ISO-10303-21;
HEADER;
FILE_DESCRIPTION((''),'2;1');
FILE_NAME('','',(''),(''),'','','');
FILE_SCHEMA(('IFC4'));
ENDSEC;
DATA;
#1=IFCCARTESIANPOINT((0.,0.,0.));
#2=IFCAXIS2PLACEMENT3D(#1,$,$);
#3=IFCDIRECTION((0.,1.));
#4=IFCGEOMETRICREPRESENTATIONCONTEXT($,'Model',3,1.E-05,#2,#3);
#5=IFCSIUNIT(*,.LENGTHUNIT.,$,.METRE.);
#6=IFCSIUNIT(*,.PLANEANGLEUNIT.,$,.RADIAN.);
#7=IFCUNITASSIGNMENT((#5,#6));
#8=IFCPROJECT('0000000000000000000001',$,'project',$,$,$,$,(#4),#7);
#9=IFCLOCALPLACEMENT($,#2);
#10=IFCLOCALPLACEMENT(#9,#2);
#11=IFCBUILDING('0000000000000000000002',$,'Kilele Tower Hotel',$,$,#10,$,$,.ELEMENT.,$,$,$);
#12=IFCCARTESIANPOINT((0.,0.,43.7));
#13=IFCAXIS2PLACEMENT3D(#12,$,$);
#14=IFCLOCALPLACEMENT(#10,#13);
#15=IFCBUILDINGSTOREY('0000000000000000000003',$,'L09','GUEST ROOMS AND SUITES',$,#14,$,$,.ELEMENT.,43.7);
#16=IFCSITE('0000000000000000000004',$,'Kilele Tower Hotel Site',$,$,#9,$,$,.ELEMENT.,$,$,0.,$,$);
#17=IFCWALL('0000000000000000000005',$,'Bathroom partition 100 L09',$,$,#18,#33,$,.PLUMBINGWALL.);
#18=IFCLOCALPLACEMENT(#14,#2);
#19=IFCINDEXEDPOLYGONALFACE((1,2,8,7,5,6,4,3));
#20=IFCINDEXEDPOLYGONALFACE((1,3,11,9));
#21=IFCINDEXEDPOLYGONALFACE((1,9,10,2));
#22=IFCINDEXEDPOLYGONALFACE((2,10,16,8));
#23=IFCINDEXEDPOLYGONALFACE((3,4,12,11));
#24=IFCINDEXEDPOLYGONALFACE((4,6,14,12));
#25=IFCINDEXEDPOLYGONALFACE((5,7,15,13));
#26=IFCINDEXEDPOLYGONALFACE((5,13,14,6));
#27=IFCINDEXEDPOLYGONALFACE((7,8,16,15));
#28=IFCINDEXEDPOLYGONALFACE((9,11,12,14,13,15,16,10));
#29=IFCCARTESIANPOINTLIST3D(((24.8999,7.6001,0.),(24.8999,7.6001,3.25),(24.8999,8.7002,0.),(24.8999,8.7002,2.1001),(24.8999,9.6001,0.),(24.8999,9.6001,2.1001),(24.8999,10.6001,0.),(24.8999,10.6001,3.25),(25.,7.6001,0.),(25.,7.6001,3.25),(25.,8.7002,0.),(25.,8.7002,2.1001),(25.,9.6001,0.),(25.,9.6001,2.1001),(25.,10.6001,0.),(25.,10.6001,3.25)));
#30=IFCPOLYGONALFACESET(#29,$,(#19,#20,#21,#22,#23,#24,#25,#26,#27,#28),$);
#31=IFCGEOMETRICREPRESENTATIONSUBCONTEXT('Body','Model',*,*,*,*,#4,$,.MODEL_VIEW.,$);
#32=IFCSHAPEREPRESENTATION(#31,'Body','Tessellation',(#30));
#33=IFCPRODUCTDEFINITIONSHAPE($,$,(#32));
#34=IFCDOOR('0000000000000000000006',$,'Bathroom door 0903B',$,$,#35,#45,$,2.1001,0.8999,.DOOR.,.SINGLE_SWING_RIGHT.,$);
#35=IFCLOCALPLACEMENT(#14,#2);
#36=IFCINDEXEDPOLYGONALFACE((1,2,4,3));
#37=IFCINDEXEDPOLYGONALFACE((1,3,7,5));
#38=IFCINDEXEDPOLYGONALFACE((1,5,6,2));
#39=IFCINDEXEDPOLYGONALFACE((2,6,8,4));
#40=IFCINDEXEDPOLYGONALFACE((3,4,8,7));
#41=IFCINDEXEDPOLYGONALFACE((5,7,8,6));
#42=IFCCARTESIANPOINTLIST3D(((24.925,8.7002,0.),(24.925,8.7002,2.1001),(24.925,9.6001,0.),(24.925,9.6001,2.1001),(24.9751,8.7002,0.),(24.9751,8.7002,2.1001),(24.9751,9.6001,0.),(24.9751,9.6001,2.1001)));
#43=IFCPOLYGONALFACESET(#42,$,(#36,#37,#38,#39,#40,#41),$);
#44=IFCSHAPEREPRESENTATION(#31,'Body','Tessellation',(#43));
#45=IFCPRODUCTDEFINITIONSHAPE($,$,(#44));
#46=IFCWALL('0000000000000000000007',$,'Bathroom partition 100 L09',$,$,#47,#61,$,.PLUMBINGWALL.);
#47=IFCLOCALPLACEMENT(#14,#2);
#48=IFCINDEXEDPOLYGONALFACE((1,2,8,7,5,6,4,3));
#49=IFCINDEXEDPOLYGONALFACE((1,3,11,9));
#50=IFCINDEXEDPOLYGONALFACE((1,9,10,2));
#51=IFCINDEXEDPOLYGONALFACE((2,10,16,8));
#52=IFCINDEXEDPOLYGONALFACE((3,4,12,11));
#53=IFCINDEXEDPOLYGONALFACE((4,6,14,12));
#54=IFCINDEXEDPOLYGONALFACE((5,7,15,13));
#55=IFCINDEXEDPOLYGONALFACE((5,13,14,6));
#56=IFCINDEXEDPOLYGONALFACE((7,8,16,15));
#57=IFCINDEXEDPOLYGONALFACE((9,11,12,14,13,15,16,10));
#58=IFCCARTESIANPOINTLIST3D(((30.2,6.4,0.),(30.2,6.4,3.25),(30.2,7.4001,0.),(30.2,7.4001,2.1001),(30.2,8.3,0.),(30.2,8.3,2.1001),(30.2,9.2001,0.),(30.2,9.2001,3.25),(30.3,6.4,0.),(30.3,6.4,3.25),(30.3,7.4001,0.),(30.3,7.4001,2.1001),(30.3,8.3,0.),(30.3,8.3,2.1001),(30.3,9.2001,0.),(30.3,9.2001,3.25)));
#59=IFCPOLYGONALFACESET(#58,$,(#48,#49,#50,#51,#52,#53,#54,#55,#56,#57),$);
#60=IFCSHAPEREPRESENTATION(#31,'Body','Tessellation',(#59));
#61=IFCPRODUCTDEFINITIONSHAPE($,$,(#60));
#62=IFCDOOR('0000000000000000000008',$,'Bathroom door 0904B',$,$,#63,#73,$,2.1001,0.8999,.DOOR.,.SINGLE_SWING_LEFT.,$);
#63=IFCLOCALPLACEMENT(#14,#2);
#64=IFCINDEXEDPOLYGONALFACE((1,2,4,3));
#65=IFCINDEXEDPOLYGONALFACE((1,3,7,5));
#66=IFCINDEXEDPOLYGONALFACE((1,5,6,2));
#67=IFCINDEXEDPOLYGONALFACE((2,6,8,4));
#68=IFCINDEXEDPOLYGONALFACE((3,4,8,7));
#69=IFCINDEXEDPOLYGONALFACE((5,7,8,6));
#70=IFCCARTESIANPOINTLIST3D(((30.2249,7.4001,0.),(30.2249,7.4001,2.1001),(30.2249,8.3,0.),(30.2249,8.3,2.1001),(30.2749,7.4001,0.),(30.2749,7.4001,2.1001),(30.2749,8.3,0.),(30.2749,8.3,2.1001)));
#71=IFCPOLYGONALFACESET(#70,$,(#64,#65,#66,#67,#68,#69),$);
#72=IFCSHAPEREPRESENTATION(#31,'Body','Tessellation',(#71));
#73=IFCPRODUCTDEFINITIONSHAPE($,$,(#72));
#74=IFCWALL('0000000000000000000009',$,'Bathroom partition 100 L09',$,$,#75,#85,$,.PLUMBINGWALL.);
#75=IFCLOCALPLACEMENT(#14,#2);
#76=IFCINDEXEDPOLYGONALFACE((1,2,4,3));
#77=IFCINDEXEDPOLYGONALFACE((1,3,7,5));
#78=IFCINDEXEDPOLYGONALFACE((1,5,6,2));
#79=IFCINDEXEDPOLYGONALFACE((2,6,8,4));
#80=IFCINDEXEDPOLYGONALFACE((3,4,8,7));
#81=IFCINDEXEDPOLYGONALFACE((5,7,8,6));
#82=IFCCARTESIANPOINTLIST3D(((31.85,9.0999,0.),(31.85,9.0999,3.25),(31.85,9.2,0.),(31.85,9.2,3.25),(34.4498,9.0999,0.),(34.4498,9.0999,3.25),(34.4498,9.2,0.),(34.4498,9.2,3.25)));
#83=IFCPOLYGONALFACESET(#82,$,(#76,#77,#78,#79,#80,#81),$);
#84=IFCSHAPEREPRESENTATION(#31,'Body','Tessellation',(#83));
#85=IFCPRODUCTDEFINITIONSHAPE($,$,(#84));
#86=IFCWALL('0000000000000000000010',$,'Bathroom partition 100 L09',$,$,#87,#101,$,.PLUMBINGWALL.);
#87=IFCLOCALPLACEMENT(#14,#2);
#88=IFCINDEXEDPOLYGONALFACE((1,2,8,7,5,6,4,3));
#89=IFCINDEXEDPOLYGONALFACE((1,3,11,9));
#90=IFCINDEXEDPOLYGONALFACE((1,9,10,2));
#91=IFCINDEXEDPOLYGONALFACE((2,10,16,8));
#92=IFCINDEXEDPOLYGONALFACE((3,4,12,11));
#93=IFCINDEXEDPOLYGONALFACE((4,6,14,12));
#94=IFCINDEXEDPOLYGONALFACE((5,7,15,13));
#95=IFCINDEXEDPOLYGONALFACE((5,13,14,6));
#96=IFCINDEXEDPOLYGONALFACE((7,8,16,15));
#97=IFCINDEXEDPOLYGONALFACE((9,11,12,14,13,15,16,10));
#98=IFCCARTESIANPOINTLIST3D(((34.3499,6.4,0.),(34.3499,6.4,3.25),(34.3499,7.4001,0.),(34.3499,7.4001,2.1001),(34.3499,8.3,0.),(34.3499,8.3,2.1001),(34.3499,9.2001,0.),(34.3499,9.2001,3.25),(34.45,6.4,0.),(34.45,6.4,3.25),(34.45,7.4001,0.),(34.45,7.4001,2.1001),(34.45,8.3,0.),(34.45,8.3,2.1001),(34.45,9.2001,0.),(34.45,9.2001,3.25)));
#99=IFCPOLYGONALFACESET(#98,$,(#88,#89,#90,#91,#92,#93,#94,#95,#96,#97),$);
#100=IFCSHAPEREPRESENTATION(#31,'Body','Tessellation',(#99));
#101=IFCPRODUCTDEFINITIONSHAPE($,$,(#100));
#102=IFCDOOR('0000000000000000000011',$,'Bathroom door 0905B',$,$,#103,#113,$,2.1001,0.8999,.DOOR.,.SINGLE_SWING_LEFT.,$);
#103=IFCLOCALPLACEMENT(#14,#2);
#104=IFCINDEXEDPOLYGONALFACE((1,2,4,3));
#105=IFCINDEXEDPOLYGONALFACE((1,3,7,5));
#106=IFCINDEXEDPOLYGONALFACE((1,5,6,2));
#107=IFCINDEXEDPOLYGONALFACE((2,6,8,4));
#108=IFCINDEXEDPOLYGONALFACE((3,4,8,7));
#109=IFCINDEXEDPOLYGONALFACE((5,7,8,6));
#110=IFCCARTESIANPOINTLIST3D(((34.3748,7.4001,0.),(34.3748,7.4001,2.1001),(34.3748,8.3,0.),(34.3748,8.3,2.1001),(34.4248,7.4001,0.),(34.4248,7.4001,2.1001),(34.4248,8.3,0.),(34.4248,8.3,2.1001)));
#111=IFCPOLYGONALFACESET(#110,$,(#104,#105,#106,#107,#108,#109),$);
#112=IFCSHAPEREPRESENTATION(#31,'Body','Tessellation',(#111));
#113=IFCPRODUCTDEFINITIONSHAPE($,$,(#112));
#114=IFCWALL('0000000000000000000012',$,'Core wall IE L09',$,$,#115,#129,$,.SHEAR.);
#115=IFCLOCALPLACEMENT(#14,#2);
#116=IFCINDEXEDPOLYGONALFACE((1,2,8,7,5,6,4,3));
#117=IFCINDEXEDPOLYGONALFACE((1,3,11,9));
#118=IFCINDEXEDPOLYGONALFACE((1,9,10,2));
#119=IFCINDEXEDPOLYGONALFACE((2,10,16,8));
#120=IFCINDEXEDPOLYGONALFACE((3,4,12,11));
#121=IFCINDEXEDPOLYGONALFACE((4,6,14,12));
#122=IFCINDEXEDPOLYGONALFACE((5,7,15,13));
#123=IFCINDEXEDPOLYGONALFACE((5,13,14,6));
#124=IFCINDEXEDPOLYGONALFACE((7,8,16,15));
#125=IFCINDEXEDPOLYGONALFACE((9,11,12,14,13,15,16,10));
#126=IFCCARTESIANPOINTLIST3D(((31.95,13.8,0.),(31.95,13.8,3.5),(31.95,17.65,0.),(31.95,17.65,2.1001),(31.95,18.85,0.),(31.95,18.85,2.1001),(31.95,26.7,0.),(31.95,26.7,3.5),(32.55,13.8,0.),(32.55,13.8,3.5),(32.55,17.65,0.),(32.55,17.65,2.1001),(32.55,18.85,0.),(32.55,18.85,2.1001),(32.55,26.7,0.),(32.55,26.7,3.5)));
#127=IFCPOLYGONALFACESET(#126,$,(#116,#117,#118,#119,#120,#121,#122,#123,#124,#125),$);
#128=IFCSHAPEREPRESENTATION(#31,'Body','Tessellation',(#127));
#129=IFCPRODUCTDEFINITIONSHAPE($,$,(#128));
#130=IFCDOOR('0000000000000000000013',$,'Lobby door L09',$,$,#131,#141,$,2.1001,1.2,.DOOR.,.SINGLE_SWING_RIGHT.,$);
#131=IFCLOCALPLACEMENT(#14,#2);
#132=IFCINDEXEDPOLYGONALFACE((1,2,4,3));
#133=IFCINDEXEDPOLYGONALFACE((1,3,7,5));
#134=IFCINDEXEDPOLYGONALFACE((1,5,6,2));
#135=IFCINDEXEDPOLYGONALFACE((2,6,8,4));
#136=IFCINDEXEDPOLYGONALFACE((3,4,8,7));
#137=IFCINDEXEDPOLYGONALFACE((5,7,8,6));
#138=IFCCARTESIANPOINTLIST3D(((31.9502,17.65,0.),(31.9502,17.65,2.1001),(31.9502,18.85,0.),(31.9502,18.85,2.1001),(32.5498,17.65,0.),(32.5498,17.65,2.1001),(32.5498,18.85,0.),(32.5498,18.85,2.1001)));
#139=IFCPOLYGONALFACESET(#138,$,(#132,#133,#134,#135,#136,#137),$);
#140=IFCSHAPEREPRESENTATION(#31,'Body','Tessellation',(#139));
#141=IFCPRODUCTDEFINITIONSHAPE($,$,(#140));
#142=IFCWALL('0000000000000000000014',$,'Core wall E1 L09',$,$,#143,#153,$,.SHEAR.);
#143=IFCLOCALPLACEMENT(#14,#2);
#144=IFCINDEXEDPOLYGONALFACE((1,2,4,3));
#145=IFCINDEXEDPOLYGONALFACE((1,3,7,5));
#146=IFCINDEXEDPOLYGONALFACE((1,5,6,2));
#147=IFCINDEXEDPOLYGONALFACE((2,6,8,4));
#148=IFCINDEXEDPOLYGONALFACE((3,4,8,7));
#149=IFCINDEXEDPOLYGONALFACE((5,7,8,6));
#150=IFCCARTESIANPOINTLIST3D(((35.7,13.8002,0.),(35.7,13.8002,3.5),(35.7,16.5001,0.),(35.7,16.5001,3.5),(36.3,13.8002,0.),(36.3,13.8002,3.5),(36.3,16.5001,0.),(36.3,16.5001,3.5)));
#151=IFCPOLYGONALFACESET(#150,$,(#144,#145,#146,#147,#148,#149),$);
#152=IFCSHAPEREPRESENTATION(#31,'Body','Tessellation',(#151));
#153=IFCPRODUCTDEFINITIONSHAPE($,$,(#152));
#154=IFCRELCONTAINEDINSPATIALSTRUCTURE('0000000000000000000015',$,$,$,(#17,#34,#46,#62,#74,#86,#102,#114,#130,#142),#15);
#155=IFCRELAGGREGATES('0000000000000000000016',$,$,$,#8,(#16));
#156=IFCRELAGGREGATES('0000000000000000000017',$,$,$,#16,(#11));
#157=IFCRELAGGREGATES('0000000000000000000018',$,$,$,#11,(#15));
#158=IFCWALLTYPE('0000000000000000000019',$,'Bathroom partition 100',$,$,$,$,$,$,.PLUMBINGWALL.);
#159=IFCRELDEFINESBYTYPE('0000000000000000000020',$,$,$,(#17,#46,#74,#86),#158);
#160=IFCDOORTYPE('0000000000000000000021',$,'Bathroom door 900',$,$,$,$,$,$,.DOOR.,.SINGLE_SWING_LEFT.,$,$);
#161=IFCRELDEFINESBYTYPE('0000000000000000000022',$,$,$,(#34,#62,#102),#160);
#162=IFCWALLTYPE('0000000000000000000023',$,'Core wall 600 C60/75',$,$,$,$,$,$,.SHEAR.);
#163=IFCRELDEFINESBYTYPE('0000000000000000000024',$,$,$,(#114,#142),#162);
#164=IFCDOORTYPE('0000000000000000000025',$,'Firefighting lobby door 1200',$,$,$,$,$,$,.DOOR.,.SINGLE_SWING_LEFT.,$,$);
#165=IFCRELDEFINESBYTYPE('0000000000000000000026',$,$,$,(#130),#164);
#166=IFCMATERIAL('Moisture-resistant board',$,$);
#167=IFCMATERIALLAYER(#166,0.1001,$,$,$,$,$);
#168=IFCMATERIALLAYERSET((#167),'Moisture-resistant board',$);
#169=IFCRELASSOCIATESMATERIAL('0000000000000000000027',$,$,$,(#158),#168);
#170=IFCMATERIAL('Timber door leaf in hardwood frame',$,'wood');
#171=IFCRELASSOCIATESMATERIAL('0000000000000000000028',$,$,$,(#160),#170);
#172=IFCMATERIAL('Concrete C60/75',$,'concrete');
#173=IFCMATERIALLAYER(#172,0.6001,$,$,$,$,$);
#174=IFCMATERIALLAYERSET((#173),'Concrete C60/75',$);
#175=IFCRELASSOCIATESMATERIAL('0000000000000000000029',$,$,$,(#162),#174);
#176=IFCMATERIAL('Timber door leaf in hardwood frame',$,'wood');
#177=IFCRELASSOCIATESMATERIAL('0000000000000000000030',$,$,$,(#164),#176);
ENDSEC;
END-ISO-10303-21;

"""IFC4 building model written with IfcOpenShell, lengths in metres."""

from ifc_helpers import new_model, si_unit, direction, frame, frame_2d, origin, place, context, subcontext, project, spatial, rectangle, extrude, material, layer, layer_set, type_object, element, fill, save


model = new_model("IFC4")

# Units and contexts
model_context = context("Model", 3, precision=1e-05, world=origin(), true_north=direction((0.0, 1.0)))
body_context = subcontext(model_context, "Body", "Model", "MODEL_VIEW")
ifc_project = project(units=[si_unit("LENGTHUNIT", "METRE"), si_unit("PLANEANGLEUNIT", "RADIAN")], contexts=[model_context])

# Site, building, storey
site_placement = place(None, origin())
site = spatial("IfcSite", under=ifc_project, at=site_placement, Name="Kilele Tower Hotel Site", CompositionType="ELEMENT", RefElevation=0.0)
building_placement = place(site_placement, origin())
building = spatial("IfcBuilding", under=site, at=building_placement, Name="Kilele Tower Hotel", CompositionType="ELEMENT")
storey_placement = place(building_placement, frame((0.0, 0.0, 43.7)))
storey = spatial("IfcBuildingStorey", under=building, at=storey_placement, Name="L09", Description="GUEST ROOMS AND SUITES", CompositionType="ELEMENT", Elevation=43.7)

# Walls, openings, doors
ifc_material_1 = material(Name="Moisture-resistant board")
ifc_layer_1 = layer(ifc_material_1, 0.1001)
ifc_layer_set_1 = layer_set([ifc_layer_1], Name="Moisture-resistant board")
wall_type_1 = type_object("IfcWallType", Name="Bathroom partition 100", PredefinedType="PLUMBINGWALL", material=ifc_layer_set_1)
wall_1_placement = place(storey_placement, frame((24.95, 10.6001, 0.0), z_axis=(0.0, 0.0, 1.0), x_axis=(0.0, -1.0, 0.0)))
wall_1 = element("IfcWall", 1, at=wall_1_placement, inside=storey, type_object=wall_type_1, Name="Bathroom partition 100 L09", PredefinedType="PLUMBINGWALL", context=body_context, shape_type="SweptSolid", body=[
    extrude(rectangle(XDim=3.0, YDim=0.1001, at=frame_2d((1.5, 0.0))), origin(), (0.0, 0.0, 1.0), 3.25),
])
opening_1_placement = place(wall_1_placement, frame((1.8999, 0.0, 0.0), z_axis=(0.0, 0.0, 1.0), x_axis=(-1.0, 0.0, 0.0)))
opening_1 = element("IfcOpeningElement", 2, at=opening_1_placement, cuts=wall_1, PredefinedType="OPENING", context=body_context, shape_type="SweptSolid", body=[
    extrude(rectangle(XDim=0.8999, YDim=2.1001, at=frame_2d((0.45, 1.05))), frame((0.0, 0.0601, 0.0), z_axis=(0.0, -1.0, 0.0), x_axis=(1.0, 0.0, 0.0)), (0.0, 0.0, 1.0), 0.1201),
])
ifc_material_2 = material(Name="Timber door leaf in hardwood frame", Category="wood")
door_type_1 = type_object("IfcDoorType", Name="Bathroom door 900", OperationType="SINGLE_SWING_LEFT", PredefinedType="DOOR", material=ifc_material_2)
door_1_placement = place(opening_1_placement, origin())
door_1 = element("IfcDoor", 3, at=door_1_placement, inside=storey, type_object=door_type_1, Name="Bathroom door 0903B", OperationType="SINGLE_SWING_RIGHT", OverallHeight=2.1001, OverallWidth=0.8999, PredefinedType="DOOR", context=body_context, shape_type="SweptSolid", body=[
    extrude(rectangle(XDim=0.8999, YDim=2.1001, at=frame_2d((0.45, 1.05))), frame((0.0, 0.0249, 0.0), z_axis=(0.0, -1.0, 0.0), x_axis=(1.0, 0.0, 0.0)), (0.0, 0.0, 1.0), 0.05),
])
fill(opening_1, door_1)
wall_2_placement = place(storey_placement, frame((30.25, 9.2, 0.0), z_axis=(0.0, 0.0, 1.0), x_axis=(0.0, -1.0, 0.0)))
wall_2 = element("IfcWall", 4, at=wall_2_placement, inside=storey, type_object=wall_type_1, Name="Bathroom partition 100 L09", PredefinedType="PLUMBINGWALL", context=body_context, shape_type="SweptSolid", body=[
    extrude(rectangle(XDim=2.8, YDim=0.1001, at=frame_2d((1.3999, 0.0))), origin(), (0.0, 0.0, 1.0), 3.25),
])
opening_2_placement = place(wall_2_placement, frame((0.8999, 0.0, 0.0)))
opening_2 = element("IfcOpeningElement", 5, at=opening_2_placement, cuts=wall_2, PredefinedType="OPENING", context=body_context, shape_type="SweptSolid", body=[
    extrude(rectangle(XDim=0.8999, YDim=2.1001, at=frame_2d((0.45, 1.05))), frame((0.0, 0.0601, 0.0), z_axis=(0.0, -1.0, 0.0), x_axis=(1.0, 0.0, 0.0)), (0.0, 0.0, 1.0), 0.1201),
])
door_2_placement = place(opening_2_placement, origin())
door_2 = element("IfcDoor", 6, at=door_2_placement, inside=storey, type_object=door_type_1, Name="Bathroom door 0904B", OperationType="SINGLE_SWING_LEFT", OverallHeight=2.1001, OverallWidth=0.8999, PredefinedType="DOOR", context=body_context, shape_type="SweptSolid", body=[
    extrude(rectangle(XDim=0.8999, YDim=2.1001, at=frame_2d((0.45, 1.05))), frame((0.0, 0.0249, 0.0), z_axis=(0.0, -1.0, 0.0), x_axis=(1.0, 0.0, 0.0)), (0.0, 0.0, 1.0), 0.05),
])
fill(opening_2, door_2)

# Wall
wall_3_placement = place(storey_placement, frame((31.8501, 9.1499, 0.0), z_axis=(0.0, 0.0, 1.0), x_axis=(1.0, 0.0, 0.0)))
element("IfcWall", 7, at=wall_3_placement, inside=storey, type_object=wall_type_1, Name="Bathroom partition 100 L09", PredefinedType="PLUMBINGWALL", context=body_context, shape_type="SweptSolid", body=[
    extrude(rectangle(XDim=2.5999, YDim=0.1001, at=frame_2d((1.2998, 0.0))), origin(), (0.0, 0.0, 1.0), 3.25),
])

# Walls, openings, doors
wall_4_placement = place(storey_placement, frame((34.3999, 9.2, 0.0), z_axis=(0.0, 0.0, 1.0), x_axis=(0.0, -1.0, 0.0)))
wall_4 = element("IfcWall", 8, at=wall_4_placement, inside=storey, type_object=wall_type_1, Name="Bathroom partition 100 L09", PredefinedType="PLUMBINGWALL", context=body_context, shape_type="SweptSolid", body=[
    extrude(rectangle(XDim=2.8, YDim=0.1001, at=frame_2d((1.3999, 0.0))), origin(), (0.0, 0.0, 1.0), 3.25),
])
opening_3_placement = place(wall_4_placement, frame((0.8999, 0.0, 0.0)))
opening_3 = element("IfcOpeningElement", 9, at=opening_3_placement, cuts=wall_4, PredefinedType="OPENING", context=body_context, shape_type="SweptSolid", body=[
    extrude(rectangle(XDim=0.8999, YDim=2.1001, at=frame_2d((0.45, 1.05))), frame((0.0, 0.0601, 0.0), z_axis=(0.0, -1.0, 0.0), x_axis=(1.0, 0.0, 0.0)), (0.0, 0.0, 1.0), 0.1201),
])
door_3_placement = place(opening_3_placement, origin())
door_3 = element("IfcDoor", 10, at=door_3_placement, inside=storey, type_object=door_type_1, Name="Bathroom door 0905B", OperationType="SINGLE_SWING_LEFT", OverallHeight=2.1001, OverallWidth=0.8999, PredefinedType="DOOR", context=body_context, shape_type="SweptSolid", body=[
    extrude(rectangle(XDim=0.8999, YDim=2.1001, at=frame_2d((0.45, 1.05))), frame((0.0, 0.0249, 0.0), z_axis=(0.0, -1.0, 0.0), x_axis=(1.0, 0.0, 0.0)), (0.0, 0.0, 1.0), 0.05),
])
fill(opening_3, door_3)
ifc_material_3 = material(Name="Concrete C60/75", Category="concrete")
ifc_layer_2 = layer(ifc_material_3, 0.6001)
ifc_layer_set_2 = layer_set([ifc_layer_2], Name="Concrete C60/75")
wall_type_2 = type_object("IfcWallType", Name="Core wall 600 C60/75", PredefinedType="SHEAR", material=ifc_layer_set_2)
wall_5_placement = place(storey_placement, frame((32.25, 13.8, 0.0), z_axis=(0.0, 0.0, 1.0), x_axis=(0.0, 1.0, 0.0)))
wall_5 = element("IfcWall", 11, at=wall_5_placement, inside=storey, type_object=wall_type_2, Name="Core wall IE L09", PredefinedType="SHEAR", context=body_context, shape_type="SweptSolid", body=[
    extrude(rectangle(XDim=12.8999, YDim=0.6001, at=frame_2d((6.45, 0.0))), origin(), (0.0, 0.0, 1.0), 3.5),
])
opening_4_placement = place(wall_5_placement, frame((5.05, 0.0, 0.0), z_axis=(0.0, 0.0, 1.0), x_axis=(-1.0, 0.0, 0.0)))
opening_4 = element("IfcOpeningElement", 12, at=opening_4_placement, cuts=wall_5, PredefinedType="OPENING", context=body_context, shape_type="SweptSolid", body=[
    extrude(rectangle(XDim=1.2, YDim=2.1001, at=frame_2d((0.6001, 1.05))), frame((0.0, 0.3101, 0.0), z_axis=(0.0, -1.0, 0.0), x_axis=(1.0, 0.0, 0.0)), (0.0, 0.0, 1.0), 0.6201),
])
ifc_material_4 = material(Name="Timber door leaf in hardwood frame", Category="wood")
door_type_2 = type_object("IfcDoorType", Name="Firefighting lobby door 1200", OperationType="SINGLE_SWING_LEFT", PredefinedType="DOOR", material=ifc_material_4)
door_4_placement = place(opening_4_placement, origin())
door_4 = element("IfcDoor", 13, at=door_4_placement, inside=storey, type_object=door_type_2, Name="Lobby door L09", OperationType="SINGLE_SWING_RIGHT", OverallHeight=2.1001, OverallWidth=1.2, PredefinedType="DOOR", context=body_context, shape_type="SweptSolid", body=[
    extrude(rectangle(XDim=1.2, YDim=2.1001, at=frame_2d((0.6001, 1.05))), frame((0.0, 0.2998, 0.0), z_axis=(0.0, -1.0, 0.0), x_axis=(1.0, 0.0, 0.0)), (0.0, 0.0, 1.0), 0.5996),
])
fill(opening_4, door_4)

# Wall
wall_6_placement = place(storey_placement, frame((36.0, 13.8, 0.0), z_axis=(0.0, 0.0, 1.0), x_axis=(0.0, 1.0, 0.0)))
element("IfcWall", 14, at=wall_6_placement, inside=storey, type_object=wall_type_2, Name="Core wall E1 L09", PredefinedType="SHEAR", context=body_context, shape_type="SweptSolid", body=[
    extrude(rectangle(XDim=2.7, YDim=0.6001, at=frame_2d((1.3501, 0.0))), origin(), (0.0, 0.0, 1.0), 3.5),
])

save(model, "model.ifc")
